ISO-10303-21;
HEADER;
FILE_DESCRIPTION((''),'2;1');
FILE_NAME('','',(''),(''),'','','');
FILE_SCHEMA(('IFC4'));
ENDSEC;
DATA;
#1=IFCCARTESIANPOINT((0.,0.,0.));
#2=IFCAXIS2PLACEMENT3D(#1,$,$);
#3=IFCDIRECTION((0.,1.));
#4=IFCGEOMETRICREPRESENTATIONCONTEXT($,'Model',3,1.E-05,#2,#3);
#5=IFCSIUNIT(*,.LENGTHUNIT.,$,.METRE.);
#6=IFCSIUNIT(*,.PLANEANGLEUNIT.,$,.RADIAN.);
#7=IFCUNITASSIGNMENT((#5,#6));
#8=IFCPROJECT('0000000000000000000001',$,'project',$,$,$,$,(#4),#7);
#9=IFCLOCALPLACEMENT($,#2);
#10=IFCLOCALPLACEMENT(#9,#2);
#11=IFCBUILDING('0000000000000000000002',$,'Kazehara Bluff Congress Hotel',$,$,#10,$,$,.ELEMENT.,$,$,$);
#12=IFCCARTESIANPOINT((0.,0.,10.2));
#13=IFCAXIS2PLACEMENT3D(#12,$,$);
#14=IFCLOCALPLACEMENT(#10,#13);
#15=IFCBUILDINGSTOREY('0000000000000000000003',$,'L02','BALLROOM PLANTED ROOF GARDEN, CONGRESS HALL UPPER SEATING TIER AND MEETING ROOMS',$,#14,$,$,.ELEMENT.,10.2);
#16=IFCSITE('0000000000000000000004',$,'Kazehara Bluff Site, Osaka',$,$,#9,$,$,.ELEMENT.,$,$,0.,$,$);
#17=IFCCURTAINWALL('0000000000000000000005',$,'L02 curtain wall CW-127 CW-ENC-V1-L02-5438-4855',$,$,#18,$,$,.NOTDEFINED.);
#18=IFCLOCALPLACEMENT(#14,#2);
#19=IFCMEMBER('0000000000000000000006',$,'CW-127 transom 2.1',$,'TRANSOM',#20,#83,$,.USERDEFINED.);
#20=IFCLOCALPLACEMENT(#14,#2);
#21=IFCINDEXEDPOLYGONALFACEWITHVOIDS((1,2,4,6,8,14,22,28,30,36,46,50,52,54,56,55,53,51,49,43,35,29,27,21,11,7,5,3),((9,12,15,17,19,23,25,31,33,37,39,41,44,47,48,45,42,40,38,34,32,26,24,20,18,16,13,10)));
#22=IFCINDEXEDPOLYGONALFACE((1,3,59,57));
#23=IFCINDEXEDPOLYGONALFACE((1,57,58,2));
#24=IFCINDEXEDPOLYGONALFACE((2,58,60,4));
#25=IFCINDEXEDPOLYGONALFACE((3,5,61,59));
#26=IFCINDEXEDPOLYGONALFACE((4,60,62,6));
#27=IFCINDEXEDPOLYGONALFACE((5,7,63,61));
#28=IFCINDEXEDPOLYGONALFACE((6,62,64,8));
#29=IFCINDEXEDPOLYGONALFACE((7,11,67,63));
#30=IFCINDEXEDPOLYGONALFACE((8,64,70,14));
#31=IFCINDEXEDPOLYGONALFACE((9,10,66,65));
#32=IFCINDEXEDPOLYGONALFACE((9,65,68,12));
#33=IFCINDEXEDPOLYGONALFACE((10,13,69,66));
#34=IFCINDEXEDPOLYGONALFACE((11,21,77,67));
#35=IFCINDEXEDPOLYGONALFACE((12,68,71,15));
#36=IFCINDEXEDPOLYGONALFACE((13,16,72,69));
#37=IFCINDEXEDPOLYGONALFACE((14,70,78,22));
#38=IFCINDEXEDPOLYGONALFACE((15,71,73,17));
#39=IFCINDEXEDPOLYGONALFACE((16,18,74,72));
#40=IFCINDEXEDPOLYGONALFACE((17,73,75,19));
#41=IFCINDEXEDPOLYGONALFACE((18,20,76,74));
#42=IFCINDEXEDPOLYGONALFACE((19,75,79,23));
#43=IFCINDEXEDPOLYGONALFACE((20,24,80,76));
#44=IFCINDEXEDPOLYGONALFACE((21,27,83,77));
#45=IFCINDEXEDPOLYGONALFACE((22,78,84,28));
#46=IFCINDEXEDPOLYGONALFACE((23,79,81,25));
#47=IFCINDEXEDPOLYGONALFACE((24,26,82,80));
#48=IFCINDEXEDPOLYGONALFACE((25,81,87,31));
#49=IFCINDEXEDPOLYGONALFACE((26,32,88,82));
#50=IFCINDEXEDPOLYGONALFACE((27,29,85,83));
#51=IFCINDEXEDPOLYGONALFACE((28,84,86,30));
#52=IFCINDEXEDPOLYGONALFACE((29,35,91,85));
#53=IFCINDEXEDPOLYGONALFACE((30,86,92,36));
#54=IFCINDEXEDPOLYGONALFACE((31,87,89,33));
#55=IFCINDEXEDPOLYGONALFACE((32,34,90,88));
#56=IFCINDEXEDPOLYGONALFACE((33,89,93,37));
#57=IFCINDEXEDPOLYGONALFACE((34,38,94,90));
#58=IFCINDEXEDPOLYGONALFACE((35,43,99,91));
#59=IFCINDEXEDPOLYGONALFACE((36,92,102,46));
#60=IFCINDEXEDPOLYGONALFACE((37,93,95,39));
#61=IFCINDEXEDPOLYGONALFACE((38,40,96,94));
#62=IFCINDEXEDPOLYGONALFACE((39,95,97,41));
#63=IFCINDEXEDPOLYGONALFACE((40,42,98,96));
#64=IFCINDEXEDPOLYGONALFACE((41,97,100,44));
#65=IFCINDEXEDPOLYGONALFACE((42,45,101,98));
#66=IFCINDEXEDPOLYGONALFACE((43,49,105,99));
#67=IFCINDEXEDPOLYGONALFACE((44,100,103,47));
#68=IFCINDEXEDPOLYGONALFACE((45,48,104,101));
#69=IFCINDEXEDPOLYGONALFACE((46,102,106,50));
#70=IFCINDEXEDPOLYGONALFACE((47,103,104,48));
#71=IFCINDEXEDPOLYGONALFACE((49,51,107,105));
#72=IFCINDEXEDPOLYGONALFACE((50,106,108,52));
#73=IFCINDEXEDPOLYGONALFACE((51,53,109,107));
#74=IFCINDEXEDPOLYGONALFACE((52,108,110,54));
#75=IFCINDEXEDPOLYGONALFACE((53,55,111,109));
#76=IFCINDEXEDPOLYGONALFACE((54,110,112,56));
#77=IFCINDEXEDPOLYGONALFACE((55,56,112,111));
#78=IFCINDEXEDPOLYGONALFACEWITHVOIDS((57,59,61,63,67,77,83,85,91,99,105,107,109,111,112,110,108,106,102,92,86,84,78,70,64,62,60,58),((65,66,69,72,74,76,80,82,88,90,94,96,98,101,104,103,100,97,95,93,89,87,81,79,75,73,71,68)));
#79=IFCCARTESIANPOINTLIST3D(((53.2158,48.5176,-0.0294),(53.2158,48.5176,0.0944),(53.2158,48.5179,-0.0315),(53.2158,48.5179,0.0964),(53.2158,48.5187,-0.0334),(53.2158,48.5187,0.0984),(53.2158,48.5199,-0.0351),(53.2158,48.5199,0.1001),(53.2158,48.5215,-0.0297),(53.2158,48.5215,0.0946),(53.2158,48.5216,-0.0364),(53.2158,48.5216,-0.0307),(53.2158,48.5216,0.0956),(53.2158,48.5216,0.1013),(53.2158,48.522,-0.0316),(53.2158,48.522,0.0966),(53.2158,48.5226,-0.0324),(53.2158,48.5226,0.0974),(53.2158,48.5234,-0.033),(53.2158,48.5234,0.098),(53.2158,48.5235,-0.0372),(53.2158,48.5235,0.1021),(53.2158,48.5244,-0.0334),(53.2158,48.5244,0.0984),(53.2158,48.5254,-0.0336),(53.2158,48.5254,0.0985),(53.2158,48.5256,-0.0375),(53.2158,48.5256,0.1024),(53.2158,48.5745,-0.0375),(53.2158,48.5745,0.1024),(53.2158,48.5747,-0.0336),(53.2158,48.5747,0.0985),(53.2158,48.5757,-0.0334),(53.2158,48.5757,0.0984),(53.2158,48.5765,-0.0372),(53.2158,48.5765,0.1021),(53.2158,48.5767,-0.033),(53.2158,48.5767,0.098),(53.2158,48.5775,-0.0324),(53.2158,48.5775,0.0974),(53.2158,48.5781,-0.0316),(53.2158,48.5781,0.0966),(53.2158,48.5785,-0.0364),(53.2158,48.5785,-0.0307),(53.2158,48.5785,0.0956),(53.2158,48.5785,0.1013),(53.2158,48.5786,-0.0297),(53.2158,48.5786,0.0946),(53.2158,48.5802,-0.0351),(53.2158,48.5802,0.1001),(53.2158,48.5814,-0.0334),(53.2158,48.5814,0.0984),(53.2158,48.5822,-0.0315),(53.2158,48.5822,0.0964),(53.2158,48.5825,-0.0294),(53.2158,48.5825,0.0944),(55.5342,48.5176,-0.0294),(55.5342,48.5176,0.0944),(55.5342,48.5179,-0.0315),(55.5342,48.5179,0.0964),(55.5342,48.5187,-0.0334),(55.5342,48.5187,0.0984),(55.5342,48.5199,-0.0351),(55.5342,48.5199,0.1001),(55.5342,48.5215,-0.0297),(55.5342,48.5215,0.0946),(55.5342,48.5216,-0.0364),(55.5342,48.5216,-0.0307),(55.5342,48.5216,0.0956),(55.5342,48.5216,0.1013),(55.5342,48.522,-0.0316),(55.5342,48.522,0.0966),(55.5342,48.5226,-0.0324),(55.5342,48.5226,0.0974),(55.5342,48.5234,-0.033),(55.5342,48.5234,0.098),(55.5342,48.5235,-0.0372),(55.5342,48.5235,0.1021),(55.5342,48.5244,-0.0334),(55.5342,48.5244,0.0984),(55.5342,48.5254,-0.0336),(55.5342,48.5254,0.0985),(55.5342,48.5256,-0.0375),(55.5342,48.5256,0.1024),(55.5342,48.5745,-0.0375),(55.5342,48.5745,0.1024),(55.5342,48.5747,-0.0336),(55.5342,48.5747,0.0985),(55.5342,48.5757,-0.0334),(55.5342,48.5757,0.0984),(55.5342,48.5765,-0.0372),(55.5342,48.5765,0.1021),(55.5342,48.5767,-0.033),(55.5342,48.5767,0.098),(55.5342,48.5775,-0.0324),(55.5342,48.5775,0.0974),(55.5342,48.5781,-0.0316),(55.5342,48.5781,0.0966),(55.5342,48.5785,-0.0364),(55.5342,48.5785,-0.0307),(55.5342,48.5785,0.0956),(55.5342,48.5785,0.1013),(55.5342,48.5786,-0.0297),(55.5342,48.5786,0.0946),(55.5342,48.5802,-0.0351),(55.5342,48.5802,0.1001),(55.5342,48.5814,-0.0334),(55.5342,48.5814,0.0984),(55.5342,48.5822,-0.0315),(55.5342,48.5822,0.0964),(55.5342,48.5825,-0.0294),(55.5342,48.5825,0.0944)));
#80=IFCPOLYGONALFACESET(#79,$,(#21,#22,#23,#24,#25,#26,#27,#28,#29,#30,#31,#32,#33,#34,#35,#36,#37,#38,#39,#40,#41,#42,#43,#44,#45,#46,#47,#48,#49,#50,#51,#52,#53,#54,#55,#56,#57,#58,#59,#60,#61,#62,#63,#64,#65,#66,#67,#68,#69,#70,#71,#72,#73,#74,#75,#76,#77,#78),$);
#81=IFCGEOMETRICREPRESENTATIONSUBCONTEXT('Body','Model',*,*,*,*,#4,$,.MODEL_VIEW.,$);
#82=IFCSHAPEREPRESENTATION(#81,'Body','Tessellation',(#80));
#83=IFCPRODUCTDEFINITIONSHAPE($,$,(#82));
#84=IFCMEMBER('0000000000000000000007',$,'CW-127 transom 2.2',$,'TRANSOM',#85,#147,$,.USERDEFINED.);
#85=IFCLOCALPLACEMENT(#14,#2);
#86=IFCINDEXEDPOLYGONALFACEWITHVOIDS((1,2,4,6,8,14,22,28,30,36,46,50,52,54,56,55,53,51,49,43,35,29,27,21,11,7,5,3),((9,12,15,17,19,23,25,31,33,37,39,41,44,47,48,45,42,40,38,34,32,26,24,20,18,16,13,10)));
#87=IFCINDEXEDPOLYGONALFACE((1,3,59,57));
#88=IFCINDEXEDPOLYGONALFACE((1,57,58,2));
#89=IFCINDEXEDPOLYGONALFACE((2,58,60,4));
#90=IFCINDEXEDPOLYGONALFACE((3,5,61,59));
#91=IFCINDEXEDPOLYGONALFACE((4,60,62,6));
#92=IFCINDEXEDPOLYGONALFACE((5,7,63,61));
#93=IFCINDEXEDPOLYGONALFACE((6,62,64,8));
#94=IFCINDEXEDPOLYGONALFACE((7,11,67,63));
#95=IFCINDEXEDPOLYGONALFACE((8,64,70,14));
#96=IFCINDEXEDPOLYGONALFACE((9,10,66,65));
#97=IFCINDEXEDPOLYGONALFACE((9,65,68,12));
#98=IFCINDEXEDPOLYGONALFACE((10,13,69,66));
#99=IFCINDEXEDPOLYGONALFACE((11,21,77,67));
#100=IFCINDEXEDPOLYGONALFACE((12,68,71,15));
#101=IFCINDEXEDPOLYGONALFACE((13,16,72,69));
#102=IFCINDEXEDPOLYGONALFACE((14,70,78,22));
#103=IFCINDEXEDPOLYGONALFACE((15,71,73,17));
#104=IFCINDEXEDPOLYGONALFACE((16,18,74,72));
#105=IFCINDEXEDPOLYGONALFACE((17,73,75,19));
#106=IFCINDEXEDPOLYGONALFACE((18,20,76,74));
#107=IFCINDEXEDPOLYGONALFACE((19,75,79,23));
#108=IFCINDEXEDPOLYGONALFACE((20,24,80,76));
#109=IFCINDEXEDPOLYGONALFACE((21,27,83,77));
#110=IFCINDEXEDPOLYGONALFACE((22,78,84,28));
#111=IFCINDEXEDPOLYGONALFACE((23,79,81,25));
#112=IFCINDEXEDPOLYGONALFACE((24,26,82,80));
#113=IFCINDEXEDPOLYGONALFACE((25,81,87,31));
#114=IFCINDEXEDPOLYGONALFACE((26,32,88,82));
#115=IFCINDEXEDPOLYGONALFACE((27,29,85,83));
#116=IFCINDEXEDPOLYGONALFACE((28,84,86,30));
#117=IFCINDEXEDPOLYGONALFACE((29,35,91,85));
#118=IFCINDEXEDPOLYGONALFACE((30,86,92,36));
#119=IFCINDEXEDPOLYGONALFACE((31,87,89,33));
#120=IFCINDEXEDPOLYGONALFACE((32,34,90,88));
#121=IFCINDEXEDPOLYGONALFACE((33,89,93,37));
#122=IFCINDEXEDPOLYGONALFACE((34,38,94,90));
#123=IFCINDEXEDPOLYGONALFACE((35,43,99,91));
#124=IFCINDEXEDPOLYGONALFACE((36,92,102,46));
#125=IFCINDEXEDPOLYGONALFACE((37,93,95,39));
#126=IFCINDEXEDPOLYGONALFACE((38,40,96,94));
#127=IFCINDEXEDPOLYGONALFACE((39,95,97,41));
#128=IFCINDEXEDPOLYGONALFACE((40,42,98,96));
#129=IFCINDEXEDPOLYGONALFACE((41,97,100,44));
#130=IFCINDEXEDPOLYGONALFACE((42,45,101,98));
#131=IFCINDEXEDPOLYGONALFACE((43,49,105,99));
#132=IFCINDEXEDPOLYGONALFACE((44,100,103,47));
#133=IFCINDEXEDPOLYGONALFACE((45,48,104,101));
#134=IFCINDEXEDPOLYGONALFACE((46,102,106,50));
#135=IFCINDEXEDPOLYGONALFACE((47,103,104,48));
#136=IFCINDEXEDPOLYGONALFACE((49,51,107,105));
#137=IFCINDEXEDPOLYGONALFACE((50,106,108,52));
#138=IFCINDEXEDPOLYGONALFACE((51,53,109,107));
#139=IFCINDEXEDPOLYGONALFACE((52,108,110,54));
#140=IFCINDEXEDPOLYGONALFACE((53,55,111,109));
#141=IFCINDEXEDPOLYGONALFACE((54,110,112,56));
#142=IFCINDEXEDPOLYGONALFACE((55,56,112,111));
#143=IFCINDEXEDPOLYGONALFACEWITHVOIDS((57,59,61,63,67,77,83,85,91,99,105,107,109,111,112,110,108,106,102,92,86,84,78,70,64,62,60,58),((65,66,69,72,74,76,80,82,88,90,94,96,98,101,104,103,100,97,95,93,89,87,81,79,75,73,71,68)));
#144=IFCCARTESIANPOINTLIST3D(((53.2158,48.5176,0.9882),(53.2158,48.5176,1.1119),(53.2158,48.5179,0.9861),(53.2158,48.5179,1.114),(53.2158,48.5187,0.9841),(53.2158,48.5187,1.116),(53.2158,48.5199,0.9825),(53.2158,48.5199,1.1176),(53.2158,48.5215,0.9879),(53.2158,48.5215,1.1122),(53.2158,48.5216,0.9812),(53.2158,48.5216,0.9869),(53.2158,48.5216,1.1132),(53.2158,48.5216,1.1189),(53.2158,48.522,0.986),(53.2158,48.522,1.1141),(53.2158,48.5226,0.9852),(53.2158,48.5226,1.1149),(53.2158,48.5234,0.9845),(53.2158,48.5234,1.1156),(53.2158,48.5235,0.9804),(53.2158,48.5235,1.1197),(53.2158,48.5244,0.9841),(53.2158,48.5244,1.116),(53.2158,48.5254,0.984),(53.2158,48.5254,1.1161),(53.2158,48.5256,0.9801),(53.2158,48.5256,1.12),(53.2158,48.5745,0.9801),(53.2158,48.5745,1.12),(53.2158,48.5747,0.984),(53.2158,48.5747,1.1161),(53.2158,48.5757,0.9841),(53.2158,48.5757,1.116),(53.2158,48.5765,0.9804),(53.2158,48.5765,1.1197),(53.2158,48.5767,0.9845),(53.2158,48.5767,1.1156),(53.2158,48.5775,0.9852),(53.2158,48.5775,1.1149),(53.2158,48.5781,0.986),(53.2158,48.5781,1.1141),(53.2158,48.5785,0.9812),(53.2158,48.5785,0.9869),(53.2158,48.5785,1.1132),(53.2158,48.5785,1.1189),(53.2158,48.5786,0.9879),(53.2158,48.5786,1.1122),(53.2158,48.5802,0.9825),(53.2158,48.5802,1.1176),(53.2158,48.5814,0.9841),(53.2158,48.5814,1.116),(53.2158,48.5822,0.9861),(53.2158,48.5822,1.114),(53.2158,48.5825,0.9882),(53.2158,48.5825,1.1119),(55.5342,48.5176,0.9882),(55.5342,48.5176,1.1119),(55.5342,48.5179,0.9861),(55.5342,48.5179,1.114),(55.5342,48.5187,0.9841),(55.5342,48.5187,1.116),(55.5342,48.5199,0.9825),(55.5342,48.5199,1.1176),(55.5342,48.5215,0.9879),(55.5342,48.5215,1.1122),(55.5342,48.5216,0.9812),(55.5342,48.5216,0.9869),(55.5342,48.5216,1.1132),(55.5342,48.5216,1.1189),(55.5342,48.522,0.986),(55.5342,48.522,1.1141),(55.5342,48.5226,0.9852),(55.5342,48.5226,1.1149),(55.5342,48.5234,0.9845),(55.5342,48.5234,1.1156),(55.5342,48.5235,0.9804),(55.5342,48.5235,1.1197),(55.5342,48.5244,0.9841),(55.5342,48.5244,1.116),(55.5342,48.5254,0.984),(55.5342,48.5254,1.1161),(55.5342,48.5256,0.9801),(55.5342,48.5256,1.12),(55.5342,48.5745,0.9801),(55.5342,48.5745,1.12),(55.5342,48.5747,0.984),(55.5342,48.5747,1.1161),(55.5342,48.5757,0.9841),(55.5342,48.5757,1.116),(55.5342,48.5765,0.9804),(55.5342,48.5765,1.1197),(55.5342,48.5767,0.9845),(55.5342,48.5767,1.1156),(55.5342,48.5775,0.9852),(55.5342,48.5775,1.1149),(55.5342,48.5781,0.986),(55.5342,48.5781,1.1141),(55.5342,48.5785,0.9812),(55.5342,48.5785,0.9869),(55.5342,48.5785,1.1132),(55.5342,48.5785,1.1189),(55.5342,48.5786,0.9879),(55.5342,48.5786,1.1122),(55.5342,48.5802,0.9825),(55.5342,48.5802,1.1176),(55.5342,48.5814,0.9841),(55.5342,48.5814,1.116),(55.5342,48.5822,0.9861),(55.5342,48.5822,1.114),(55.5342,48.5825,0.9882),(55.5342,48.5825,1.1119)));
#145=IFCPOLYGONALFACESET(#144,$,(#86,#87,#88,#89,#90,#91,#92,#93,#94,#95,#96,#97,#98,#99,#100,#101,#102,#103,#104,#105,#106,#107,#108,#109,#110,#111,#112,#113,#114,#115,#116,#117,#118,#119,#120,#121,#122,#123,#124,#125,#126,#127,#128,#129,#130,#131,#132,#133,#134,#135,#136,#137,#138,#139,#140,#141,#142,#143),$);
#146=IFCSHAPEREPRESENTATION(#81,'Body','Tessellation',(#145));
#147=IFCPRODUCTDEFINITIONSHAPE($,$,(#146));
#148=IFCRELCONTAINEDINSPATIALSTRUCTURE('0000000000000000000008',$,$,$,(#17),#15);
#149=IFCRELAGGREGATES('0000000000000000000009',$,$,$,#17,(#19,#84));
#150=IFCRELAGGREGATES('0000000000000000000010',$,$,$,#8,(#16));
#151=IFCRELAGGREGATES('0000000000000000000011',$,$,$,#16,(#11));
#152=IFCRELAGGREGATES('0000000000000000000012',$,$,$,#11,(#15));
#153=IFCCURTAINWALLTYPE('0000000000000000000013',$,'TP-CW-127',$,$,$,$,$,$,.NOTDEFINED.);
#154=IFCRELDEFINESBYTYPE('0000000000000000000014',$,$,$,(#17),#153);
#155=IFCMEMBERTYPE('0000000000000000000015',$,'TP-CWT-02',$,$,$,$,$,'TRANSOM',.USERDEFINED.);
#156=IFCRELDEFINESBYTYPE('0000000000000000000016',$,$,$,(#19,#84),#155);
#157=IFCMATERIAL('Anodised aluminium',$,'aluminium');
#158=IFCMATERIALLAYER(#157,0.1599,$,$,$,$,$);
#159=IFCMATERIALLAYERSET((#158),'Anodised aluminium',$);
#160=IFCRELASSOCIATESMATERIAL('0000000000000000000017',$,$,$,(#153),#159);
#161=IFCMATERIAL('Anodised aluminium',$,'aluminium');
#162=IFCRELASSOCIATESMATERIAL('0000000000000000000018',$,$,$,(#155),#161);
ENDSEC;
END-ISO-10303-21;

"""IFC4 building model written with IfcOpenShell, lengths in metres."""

from ifc_helpers import new_model, si_unit, direction, frame, origin, origin_2d, place, context, subcontext, project, spatial, hollow_rectangle, extrude, material, layer, layer_set, material_profile, profile_set, type_object, element, aggregate, save


model = new_model("IFC4")

# Units and contexts
model_context = context("Model", 3, precision=1e-05, world=origin(), true_north=direction((0.0, 1.0)))
body_context = subcontext(model_context, "Body", "Model", "MODEL_VIEW")
ifc_project = project(units=[si_unit("LENGTHUNIT", "METRE"), si_unit("PLANEANGLEUNIT", "RADIAN")], contexts=[model_context])

# Site, building, storey
site_placement = place(None, origin())
site = spatial("IfcSite", under=ifc_project, at=site_placement, Name="Kazehara Bluff Site, Osaka", CompositionType="ELEMENT", RefElevation=0.0)
building_placement = place(site_placement, origin())
building = spatial("IfcBuilding", under=site, at=building_placement, Name="Kazehara Bluff Congress Hotel", CompositionType="ELEMENT")
storey_placement = place(building_placement, frame((0.0, 0.0, 10.2)))
storey = spatial("IfcBuildingStorey", under=building, at=storey_placement, Name="L02", Description="BALLROOM PLANTED ROOF GARDEN, CONGRESS HALL UPPER SEATING TIER AND MEETING ROOMS", CompositionType="ELEMENT", Elevation=10.2)

# Curtain wall
ifc_material_1 = material(Name="Anodised aluminium", Category="aluminium")
ifc_layer_1 = layer(ifc_material_1, 0.1599)
ifc_layer_set_1 = layer_set([ifc_layer_1], Name="Anodised aluminium")
curtain_wall_type_1 = type_object("IfcCurtainWallType", Name="TP-CW-127", PredefinedType="NOTDEFINED", material=ifc_layer_set_1)
curtain_wall_1_placement = place(storey_placement, origin())
curtain_wall_1 = element("IfcCurtainWall", 1, at=curtain_wall_1_placement, inside=storey, type_object=curtain_wall_type_1, Name="L02 curtain wall CW-127 CW-ENC-V1-L02-5438-4855", PredefinedType="NOTDEFINED")

# Members
ifc_material_2 = material(Name="Anodised aluminium", Category="aluminium")
ifc_material_profile_1 = material_profile(ifc_material_2, hollow_rectangle(XDim=0.0649, YDim=0.1399, WallThickness=0.0039, InnerFilletRadius=0.0039, OuterFilletRadius=0.0081, at=origin_2d()))
ifc_profile_set_1 = profile_set([ifc_material_profile_1], Name="Anodised aluminium")
member_type_1 = type_object("IfcMemberType", Name="TP-CWT-02", ElementType="TRANSOM", PredefinedType="USERDEFINED", material=ifc_profile_set_1)
member_1_placement = place(storey_placement, frame((55.5342, 48.55, 0.0325), z_axis=(-1.0, 0.0, 0.0), x_axis=(0.0, -1.0, 0.0)))
member_1 = element("IfcMember", 2, at=member_1_placement, type_object=member_type_1, Name="CW-127 transom 2.1", ObjectType="TRANSOM", PredefinedType="USERDEFINED", context=body_context, shape_type="SweptSolid", body=[
    extrude(hollow_rectangle(XDim=0.0649, YDim=0.1399, WallThickness=0.0039, InnerFilletRadius=0.0039, OuterFilletRadius=0.0081, at=origin_2d()), origin(), (0.0, 0.0, 1.0), 2.3184),
])
member_2_placement = place(storey_placement, frame((55.5342, 48.55, 1.05), z_axis=(-1.0, 0.0, 0.0), x_axis=(0.0, -1.0, 0.0)))
member_2 = element("IfcMember", 3, at=member_2_placement, type_object=member_type_1, Name="CW-127 transom 2.2", ObjectType="TRANSOM", PredefinedType="USERDEFINED", context=body_context, shape_type="SweptSolid", body=[
    extrude(hollow_rectangle(XDim=0.0649, YDim=0.1399, WallThickness=0.0039, InnerFilletRadius=0.0039, OuterFilletRadius=0.0081, at=origin_2d()), origin(), (0.0, 0.0, 1.0), 2.3184),
])

aggregate(curtain_wall_1, [member_1, member_2])

save(model, "model.ifc")
